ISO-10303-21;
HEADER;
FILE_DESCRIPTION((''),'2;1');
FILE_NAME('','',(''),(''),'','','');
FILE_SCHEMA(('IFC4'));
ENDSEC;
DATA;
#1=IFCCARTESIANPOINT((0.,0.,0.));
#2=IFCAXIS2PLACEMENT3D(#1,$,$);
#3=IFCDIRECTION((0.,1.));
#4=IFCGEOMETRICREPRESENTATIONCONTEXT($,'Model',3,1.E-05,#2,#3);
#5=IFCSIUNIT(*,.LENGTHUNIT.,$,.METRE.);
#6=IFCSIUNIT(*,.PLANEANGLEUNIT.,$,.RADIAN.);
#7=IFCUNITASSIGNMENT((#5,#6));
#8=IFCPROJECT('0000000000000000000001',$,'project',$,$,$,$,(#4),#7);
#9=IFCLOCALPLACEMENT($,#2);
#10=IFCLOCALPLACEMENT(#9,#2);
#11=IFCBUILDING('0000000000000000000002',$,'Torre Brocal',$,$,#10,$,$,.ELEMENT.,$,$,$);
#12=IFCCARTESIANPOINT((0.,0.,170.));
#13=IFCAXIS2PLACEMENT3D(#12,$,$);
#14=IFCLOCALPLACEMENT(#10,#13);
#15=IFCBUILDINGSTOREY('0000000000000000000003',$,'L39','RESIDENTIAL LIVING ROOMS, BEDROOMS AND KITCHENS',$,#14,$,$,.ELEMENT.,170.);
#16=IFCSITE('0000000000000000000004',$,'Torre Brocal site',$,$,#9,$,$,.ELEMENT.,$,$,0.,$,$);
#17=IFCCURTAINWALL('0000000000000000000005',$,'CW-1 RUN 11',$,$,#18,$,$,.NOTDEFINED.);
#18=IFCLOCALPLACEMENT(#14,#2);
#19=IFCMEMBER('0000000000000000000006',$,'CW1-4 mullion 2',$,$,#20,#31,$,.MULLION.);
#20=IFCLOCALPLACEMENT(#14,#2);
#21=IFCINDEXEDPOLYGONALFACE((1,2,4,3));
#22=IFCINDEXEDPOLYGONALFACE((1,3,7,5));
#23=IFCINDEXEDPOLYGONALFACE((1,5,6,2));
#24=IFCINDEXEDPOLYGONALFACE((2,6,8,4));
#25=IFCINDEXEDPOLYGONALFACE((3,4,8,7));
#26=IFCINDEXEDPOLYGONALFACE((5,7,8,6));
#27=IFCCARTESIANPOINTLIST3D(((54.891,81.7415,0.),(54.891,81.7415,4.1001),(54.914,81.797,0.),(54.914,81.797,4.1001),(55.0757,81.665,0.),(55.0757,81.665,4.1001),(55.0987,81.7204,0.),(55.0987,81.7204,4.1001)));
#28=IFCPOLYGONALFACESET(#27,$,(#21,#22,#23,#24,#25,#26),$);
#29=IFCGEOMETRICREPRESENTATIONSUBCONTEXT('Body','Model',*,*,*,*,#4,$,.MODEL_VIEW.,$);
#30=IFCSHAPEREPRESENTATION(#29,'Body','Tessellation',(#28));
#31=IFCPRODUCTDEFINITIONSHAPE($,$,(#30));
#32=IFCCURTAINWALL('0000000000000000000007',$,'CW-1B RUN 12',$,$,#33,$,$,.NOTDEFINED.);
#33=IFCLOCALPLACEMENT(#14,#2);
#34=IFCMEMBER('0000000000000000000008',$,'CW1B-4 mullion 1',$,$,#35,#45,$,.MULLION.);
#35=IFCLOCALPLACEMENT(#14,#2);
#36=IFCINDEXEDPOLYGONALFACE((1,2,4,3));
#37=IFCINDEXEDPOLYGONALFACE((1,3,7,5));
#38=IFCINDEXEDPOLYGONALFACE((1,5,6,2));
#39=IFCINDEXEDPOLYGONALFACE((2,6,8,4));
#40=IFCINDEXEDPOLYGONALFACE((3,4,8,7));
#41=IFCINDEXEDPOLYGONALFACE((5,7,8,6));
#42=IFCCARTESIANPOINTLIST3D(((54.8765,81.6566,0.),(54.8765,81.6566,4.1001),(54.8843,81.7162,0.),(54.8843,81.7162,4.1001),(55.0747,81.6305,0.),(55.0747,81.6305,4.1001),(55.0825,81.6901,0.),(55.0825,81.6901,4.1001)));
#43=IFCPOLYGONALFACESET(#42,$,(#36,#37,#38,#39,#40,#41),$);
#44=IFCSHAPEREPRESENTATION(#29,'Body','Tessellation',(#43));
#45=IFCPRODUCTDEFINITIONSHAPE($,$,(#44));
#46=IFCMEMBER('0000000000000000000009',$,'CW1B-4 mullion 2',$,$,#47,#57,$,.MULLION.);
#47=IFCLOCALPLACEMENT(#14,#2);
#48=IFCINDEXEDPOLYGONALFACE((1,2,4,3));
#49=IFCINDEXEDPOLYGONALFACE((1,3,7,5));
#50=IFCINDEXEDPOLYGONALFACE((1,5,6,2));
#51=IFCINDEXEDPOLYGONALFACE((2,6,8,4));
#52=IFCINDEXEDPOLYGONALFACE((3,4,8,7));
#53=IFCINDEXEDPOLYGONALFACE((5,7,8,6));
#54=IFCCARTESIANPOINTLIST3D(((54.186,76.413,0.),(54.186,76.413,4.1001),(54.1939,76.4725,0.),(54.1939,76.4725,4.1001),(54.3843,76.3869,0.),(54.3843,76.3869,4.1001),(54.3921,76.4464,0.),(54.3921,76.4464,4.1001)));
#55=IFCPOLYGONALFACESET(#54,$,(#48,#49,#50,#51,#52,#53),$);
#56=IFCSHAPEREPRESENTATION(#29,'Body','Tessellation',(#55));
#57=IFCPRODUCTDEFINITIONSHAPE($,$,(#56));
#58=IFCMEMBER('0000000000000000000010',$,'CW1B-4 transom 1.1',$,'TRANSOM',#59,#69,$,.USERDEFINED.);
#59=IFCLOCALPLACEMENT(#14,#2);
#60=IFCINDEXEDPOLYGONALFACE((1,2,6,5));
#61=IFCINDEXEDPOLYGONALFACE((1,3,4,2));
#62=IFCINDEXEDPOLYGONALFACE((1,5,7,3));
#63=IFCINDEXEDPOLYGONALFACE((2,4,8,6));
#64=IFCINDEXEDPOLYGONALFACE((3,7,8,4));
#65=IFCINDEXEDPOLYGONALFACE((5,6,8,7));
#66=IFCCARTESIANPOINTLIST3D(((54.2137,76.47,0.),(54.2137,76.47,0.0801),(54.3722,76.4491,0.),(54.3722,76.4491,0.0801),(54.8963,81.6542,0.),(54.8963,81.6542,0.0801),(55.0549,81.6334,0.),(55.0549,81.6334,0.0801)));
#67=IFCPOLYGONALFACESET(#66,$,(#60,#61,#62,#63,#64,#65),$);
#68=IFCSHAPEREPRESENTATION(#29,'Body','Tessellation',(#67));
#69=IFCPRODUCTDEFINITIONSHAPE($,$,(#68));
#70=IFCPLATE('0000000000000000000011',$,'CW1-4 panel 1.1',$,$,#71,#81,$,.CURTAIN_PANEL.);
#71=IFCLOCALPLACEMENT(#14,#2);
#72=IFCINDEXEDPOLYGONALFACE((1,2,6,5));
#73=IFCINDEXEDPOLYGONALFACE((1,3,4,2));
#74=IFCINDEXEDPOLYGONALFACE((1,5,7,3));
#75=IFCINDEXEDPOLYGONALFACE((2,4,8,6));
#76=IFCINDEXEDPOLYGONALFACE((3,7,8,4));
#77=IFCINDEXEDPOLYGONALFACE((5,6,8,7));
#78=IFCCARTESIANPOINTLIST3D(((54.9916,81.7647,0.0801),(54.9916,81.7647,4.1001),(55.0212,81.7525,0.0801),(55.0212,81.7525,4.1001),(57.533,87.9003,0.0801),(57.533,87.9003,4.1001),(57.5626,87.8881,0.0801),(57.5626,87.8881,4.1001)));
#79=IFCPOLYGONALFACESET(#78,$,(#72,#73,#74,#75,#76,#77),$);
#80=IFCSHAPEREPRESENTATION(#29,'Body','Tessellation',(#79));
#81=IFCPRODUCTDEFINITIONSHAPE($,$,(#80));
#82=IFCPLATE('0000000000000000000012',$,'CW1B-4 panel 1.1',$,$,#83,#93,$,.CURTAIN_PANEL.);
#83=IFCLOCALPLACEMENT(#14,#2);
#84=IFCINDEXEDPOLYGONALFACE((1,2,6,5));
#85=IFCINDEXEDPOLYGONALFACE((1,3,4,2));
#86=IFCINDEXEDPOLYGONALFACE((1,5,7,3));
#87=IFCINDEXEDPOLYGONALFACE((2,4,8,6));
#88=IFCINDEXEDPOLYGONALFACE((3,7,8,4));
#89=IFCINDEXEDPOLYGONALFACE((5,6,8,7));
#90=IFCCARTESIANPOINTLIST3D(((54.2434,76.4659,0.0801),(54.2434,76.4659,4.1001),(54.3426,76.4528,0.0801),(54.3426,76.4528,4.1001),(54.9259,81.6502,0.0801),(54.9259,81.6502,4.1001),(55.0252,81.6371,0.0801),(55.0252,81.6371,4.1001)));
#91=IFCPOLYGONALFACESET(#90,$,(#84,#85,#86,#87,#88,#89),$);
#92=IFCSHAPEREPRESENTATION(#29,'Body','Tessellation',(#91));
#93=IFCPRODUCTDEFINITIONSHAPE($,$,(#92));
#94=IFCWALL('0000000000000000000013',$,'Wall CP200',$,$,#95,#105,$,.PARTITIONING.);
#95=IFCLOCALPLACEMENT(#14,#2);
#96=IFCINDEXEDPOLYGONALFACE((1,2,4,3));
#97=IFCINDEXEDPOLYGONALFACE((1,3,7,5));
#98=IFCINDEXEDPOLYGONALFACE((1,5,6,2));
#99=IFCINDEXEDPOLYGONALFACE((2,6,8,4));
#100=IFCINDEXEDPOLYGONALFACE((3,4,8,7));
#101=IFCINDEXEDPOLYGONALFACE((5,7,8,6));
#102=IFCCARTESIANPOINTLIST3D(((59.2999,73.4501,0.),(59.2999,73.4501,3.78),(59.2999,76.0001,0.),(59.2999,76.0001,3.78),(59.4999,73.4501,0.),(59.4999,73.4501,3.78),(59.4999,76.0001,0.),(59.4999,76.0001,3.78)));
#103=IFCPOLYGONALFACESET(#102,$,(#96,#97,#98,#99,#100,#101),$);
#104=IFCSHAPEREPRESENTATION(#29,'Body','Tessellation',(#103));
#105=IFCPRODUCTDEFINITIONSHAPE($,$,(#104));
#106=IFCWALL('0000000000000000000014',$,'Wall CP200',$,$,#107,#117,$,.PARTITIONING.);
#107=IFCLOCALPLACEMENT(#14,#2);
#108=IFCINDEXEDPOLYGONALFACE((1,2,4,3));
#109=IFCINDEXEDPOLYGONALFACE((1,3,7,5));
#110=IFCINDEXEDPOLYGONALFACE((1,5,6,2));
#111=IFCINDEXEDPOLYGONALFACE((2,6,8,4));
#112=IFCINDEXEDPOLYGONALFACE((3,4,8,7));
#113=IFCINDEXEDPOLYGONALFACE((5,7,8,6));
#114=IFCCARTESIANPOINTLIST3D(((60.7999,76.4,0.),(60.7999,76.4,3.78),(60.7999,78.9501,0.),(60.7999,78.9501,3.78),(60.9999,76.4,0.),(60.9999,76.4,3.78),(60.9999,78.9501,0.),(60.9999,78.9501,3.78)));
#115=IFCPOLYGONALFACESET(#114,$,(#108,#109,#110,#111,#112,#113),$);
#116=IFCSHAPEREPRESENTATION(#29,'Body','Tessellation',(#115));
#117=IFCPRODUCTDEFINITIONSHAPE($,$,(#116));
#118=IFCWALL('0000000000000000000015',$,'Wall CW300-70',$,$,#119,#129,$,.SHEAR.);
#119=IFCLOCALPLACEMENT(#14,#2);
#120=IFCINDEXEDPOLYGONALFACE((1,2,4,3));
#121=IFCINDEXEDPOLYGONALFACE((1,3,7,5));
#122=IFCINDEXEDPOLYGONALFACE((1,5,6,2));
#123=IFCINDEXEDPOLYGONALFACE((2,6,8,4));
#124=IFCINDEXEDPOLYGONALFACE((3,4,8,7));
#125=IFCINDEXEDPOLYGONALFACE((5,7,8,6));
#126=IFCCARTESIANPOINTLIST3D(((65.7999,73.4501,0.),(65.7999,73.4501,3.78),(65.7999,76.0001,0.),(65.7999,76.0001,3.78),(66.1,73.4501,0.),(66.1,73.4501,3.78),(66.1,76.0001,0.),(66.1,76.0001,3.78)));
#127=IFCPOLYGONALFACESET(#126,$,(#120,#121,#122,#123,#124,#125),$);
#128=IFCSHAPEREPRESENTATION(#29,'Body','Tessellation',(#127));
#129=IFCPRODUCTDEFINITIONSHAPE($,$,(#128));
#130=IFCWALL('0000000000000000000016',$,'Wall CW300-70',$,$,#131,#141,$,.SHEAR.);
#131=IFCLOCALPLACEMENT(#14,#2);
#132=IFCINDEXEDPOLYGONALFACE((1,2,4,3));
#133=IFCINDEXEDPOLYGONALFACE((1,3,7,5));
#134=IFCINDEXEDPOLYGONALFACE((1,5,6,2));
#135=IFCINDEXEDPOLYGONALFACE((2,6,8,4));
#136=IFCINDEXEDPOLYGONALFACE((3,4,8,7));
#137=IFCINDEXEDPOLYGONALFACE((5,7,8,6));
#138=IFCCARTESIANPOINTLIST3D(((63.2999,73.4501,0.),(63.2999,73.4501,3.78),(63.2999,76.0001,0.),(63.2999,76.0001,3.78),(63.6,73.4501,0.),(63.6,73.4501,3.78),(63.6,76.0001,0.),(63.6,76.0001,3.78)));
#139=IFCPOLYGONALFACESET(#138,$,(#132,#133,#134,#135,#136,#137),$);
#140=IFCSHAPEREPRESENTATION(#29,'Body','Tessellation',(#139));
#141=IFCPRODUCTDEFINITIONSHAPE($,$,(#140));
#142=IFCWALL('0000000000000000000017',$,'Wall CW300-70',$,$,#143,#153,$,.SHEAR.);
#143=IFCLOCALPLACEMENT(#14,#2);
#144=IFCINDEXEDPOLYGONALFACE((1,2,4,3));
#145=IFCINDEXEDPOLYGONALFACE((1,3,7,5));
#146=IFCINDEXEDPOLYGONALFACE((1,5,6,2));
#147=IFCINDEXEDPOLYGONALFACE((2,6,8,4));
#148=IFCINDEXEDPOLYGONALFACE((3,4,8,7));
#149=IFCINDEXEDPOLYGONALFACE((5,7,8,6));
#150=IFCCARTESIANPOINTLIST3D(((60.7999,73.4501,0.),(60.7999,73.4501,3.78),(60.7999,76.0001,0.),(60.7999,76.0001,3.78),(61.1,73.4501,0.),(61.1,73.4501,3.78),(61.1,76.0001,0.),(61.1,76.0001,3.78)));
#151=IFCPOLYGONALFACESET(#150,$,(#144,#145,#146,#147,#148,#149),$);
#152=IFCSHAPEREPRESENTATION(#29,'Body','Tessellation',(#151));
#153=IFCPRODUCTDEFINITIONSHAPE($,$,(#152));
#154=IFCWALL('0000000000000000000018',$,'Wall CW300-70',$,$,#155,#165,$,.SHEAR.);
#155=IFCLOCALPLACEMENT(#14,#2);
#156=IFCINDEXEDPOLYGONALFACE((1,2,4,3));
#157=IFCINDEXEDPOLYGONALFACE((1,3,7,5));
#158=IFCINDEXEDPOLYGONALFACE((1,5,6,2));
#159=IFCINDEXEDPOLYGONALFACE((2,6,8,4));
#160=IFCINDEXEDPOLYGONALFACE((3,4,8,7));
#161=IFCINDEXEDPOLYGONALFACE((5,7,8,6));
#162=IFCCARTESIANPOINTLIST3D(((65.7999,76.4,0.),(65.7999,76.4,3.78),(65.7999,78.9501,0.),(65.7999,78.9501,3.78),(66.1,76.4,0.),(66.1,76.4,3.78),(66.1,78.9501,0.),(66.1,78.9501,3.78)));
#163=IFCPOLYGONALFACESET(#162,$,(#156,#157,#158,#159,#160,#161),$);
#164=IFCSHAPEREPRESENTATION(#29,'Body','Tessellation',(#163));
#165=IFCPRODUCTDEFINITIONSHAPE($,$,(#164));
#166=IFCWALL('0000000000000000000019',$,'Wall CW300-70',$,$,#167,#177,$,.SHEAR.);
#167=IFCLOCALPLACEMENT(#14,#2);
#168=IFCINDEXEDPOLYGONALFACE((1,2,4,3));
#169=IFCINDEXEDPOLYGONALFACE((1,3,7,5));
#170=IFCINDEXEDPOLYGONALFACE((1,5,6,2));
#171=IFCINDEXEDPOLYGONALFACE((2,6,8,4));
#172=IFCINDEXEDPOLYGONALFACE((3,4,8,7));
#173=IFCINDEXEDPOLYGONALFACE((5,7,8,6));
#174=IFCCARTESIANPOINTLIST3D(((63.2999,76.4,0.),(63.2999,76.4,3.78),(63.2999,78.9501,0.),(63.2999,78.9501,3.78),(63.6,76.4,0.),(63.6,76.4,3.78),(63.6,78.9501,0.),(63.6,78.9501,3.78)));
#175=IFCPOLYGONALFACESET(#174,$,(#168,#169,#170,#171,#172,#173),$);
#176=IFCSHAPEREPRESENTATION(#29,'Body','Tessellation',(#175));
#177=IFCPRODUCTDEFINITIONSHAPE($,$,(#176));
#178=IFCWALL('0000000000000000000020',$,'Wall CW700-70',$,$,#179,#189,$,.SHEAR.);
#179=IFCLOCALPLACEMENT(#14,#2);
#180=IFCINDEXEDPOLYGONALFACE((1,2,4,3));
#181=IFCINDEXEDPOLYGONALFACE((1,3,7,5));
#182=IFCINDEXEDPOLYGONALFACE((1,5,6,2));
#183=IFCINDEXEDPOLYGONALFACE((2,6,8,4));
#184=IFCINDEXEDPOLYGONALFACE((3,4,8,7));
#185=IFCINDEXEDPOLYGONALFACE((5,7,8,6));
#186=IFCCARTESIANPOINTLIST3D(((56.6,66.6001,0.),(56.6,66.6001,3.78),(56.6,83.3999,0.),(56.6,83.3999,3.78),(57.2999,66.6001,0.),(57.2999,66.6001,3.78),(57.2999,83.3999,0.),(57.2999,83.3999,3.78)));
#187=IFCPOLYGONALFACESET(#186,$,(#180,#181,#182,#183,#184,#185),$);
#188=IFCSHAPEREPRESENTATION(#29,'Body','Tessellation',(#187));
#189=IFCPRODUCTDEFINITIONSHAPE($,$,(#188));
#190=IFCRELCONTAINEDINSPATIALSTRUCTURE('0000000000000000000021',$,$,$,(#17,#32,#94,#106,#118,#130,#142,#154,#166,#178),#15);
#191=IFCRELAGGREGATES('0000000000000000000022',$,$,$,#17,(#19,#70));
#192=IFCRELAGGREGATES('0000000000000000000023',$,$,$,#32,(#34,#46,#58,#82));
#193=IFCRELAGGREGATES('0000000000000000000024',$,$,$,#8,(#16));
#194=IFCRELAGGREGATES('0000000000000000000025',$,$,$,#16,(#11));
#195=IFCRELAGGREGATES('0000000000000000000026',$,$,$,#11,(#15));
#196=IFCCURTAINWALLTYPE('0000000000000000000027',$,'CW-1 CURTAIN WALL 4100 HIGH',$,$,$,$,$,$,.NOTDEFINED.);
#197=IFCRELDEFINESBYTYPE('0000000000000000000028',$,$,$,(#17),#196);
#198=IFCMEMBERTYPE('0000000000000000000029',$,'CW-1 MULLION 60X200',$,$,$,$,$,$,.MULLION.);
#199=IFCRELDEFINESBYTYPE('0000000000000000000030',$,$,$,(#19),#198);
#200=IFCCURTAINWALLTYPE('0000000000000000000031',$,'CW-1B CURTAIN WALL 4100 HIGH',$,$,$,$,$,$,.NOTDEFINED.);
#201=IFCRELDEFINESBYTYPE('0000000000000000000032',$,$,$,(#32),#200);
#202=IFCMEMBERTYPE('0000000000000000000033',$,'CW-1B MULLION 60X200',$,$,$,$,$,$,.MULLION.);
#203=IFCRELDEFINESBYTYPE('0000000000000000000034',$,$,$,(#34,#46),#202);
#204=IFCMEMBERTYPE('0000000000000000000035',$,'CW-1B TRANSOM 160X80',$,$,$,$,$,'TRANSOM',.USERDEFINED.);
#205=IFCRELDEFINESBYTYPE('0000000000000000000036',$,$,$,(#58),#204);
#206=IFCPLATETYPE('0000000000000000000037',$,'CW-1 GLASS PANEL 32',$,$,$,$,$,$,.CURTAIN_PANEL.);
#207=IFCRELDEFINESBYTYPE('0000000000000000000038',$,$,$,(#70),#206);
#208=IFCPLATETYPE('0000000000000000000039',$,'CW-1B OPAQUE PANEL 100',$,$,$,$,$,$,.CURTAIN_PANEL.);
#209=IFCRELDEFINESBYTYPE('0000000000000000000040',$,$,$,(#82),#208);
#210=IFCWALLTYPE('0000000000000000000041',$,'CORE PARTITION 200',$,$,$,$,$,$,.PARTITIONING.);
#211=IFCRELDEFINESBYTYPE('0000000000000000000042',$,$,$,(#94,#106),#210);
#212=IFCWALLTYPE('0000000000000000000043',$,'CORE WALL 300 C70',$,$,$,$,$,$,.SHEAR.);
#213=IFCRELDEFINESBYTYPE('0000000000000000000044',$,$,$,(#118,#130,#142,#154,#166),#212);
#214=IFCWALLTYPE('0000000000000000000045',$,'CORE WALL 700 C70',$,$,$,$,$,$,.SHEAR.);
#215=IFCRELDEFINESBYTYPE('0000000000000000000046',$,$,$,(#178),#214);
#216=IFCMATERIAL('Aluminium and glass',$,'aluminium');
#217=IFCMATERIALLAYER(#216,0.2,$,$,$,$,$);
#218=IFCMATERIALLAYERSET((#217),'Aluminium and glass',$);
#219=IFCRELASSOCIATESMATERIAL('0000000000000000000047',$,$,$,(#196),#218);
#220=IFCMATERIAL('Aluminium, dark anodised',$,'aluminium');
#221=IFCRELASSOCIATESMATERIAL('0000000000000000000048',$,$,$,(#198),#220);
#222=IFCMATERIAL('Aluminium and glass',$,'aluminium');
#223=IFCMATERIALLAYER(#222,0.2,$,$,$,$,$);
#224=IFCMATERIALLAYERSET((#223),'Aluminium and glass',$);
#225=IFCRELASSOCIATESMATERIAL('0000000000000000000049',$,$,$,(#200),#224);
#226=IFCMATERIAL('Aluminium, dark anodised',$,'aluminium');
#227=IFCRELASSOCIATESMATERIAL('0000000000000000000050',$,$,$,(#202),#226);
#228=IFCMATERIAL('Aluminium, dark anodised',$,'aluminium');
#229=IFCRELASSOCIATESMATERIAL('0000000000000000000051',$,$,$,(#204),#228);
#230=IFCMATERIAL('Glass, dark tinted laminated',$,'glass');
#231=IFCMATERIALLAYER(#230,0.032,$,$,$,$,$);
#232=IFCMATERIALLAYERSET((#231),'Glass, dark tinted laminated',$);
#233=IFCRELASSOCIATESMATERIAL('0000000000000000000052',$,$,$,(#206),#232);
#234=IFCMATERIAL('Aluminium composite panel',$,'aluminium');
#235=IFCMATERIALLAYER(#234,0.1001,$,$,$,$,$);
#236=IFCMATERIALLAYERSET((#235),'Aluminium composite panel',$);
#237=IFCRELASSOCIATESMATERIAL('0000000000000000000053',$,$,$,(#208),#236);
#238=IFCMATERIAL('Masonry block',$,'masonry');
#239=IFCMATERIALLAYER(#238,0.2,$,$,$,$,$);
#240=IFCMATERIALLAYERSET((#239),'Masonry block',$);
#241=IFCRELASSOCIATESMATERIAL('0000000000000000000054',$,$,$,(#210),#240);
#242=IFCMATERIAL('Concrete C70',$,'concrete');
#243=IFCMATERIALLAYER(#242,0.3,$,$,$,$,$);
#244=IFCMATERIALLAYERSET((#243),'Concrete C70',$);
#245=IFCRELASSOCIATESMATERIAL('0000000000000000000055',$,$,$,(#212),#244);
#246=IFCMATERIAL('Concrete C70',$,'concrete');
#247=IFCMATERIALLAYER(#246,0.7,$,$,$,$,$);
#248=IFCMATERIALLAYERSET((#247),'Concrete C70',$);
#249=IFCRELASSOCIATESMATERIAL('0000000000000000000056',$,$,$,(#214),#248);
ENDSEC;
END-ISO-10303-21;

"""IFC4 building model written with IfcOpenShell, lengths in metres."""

from ifc_helpers import new_model, si_unit, direction, frame, frame_2d, origin, origin_2d, place, context, subcontext, project, spatial, rectangle, extrude, material, layer, layer_set, material_profile, profile_set, type_object, element, aggregate, save


model = new_model("IFC4")

# Units and contexts
model_context = context("Model", 3, precision=1e-05, world=origin(), true_north=direction((0.0, 1.0)))
body_context = subcontext(model_context, "Body", "Model", "MODEL_VIEW")
ifc_project = project(units=[si_unit("LENGTHUNIT", "METRE"), si_unit("PLANEANGLEUNIT", "RADIAN")], contexts=[model_context])

# Site, building, storey
site_placement = place(None, origin())
site = spatial("IfcSite", under=ifc_project, at=site_placement, Name="Torre Brocal site", CompositionType="ELEMENT", RefElevation=0.0)
building_placement = place(site_placement, origin())
building = spatial("IfcBuilding", under=site, at=building_placement, Name="Torre Brocal", CompositionType="ELEMENT")
storey_placement = place(building_placement, frame((0.0, 0.0, 170.0)))
storey = spatial("IfcBuildingStorey", under=building, at=storey_placement, Name="L39", Description="RESIDENTIAL LIVING ROOMS, BEDROOMS AND KITCHENS", CompositionType="ELEMENT", Elevation=170.0)

# Curtain wall, member
ifc_material_1 = material(Name="Aluminium and glass", Category="aluminium")
ifc_layer_1 = layer(ifc_material_1, 0.2)
ifc_layer_set_1 = layer_set([ifc_layer_1], Name="Aluminium and glass")
curtain_wall_type_1 = type_object("IfcCurtainWallType", Name="CW-1 CURTAIN WALL 4100 HIGH", PredefinedType="NOTDEFINED", material=ifc_layer_set_1)
curtain_wall_1_placement = place(storey_placement, origin())
curtain_wall_1 = element("IfcCurtainWall", 1, at=curtain_wall_1_placement, inside=storey, type_object=curtain_wall_type_1, Name="CW-1 RUN 11", PredefinedType="NOTDEFINED")
ifc_material_2 = material(Name="Aluminium, dark anodised", Category="aluminium")
ifc_material_profile_1 = material_profile(ifc_material_2, rectangle(XDim=0.2, YDim=0.0601, at=origin_2d()), Name="CW-1 MULLION 60X200")
ifc_profile_set_1 = profile_set([ifc_material_profile_1], Name="Aluminium, dark anodised")
member_type_1 = type_object("IfcMemberType", Name="CW-1 MULLION 60X200", PredefinedType="MULLION", material=ifc_profile_set_1)
member_1_placement = place(storey_placement, frame((54.9949, 81.731, 0.0), z_axis=(0.0, 0.0, 1.0), x_axis=(0.92388, -0.382683, 0.0)))
member_1 = element("IfcMember", 2, at=member_1_placement, type_object=member_type_1, Name="CW1-4 mullion 2", PredefinedType="MULLION", context=body_context, shape_type="SweptSolid", body=[
    extrude(rectangle(XDim=0.2, YDim=0.0601, at=origin_2d()), origin(), (0.0, 0.0, 1.0), 4.1001),
])

# Curtain wall, members
ifc_material_3 = material(Name="Aluminium and glass", Category="aluminium")
ifc_layer_2 = layer(ifc_material_3, 0.2)
ifc_layer_set_2 = layer_set([ifc_layer_2], Name="Aluminium and glass")
curtain_wall_type_2 = type_object("IfcCurtainWallType", Name="CW-1B CURTAIN WALL 4100 HIGH", PredefinedType="NOTDEFINED", material=ifc_layer_set_2)
curtain_wall_2_placement = place(storey_placement, origin())
curtain_wall_2 = element("IfcCurtainWall", 3, at=curtain_wall_2_placement, inside=storey, type_object=curtain_wall_type_2, Name="CW-1B RUN 12", PredefinedType="NOTDEFINED")
ifc_material_4 = material(Name="Aluminium, dark anodised", Category="aluminium")
ifc_material_profile_2 = material_profile(ifc_material_4, rectangle(XDim=0.2, YDim=0.0601, at=origin_2d()), Name="CW-1B MULLION 60X200")
ifc_profile_set_2 = profile_set([ifc_material_profile_2], Name="Aluminium, dark anodised")
member_type_2 = type_object("IfcMemberType", Name="CW-1B MULLION 60X200", PredefinedType="MULLION", material=ifc_profile_set_2)
member_2_placement = place(storey_placement, frame((54.9795, 81.6733, 0.0), z_axis=(0.0, 0.0, 1.0), x_axis=(0.991445, -0.130526, 0.0)))
member_2 = element("IfcMember", 4, at=member_2_placement, type_object=member_type_2, Name="CW1B-4 mullion 1", PredefinedType="MULLION", context=body_context, shape_type="SweptSolid", body=[
    extrude(rectangle(XDim=0.2, YDim=0.0601, at=origin_2d()), origin(), (0.0, 0.0, 1.0), 4.1001),
])
member_3_placement = place(storey_placement, frame((54.2891, 76.4297, 0.0), z_axis=(0.0, 0.0, 1.0), x_axis=(0.991445, -0.130526, 0.0)))
member_3 = element("IfcMember", 5, at=member_3_placement, type_object=member_type_2, Name="CW1B-4 mullion 2", PredefinedType="MULLION", context=body_context, shape_type="SweptSolid", body=[
    extrude(rectangle(XDim=0.2, YDim=0.0601, at=origin_2d()), origin(), (0.0, 0.0, 1.0), 4.1001),
])
ifc_material_5 = material(Name="Aluminium, dark anodised", Category="aluminium")
ifc_material_profile_3 = material_profile(ifc_material_5, rectangle(XDim=0.1599, YDim=0.0801, at=origin_2d()), Name="CW-1B TRANSOM 160X80")
ifc_profile_set_3 = profile_set([ifc_material_profile_3], Name="Aluminium, dark anodised")
member_type_3 = type_object("IfcMemberType", Name="CW-1B TRANSOM 160X80", ElementType="TRANSOM", PredefinedType="USERDEFINED", material=ifc_profile_set_3)
member_4_placement = place(storey_placement, frame((54.9756, 81.6438, 0.04), z_axis=(-0.130543, -0.991443, 0.0), x_axis=(0.991443, -0.130543, 0.0)))
member_4 = element("IfcMember", 6, at=member_4_placement, type_object=member_type_3, Name="CW1B-4 transom 1.1", ObjectType="TRANSOM", PredefinedType="USERDEFINED", context=body_context, shape_type="SweptSolid", body=[
    extrude(rectangle(XDim=0.1599, YDim=0.0801, at=origin_2d()), origin(), (0.0, 0.0, 1.0), 5.229),
])

# Plates
ifc_material_6 = material(Name="Glass, dark tinted laminated", Category="glass")
ifc_layer_3 = layer(ifc_material_6, 0.032)
ifc_layer_set_3 = layer_set([ifc_layer_3], Name="Glass, dark tinted laminated")
plate_type_1 = type_object("IfcPlateType", Name="CW-1 GLASS PANEL 32", PredefinedType="CURTAIN_PANEL", material=ifc_layer_set_3)
plate_1_placement = place(storey_placement, frame((56.2771, 84.8264, 0.0801), z_axis=(0.0, 0.0, 1.0), x_axis=(-0.382683, -0.92388, 0.0)))
plate_1 = element("IfcPlate", 7, at=plate_1_placement, type_object=plate_type_1, Name="CW1-4 panel 1.1", PredefinedType="CURTAIN_PANEL", context=body_context, shape_type="SweptSolid", body=[
    extrude(rectangle(XDim=6.6411, YDim=0.032, at=origin_2d()), origin(), (0.0, 0.0, 1.0), 4.02),
])
aggregate(curtain_wall_1, [member_1, plate_1])
ifc_material_7 = material(Name="Aluminium composite panel", Category="aluminium")
ifc_layer_4 = layer(ifc_material_7, 0.1001)
ifc_layer_set_4 = layer_set([ifc_layer_4], Name="Aluminium composite panel")
plate_type_2 = type_object("IfcPlateType", Name="CW-1B OPAQUE PANEL 100", PredefinedType="CURTAIN_PANEL", material=ifc_layer_set_4)
plate_2_placement = place(storey_placement, frame((54.6343, 79.0515, 0.0801), z_axis=(0.0, 0.0, 1.0), x_axis=(-0.130526, -0.991445, 0.0)))
plate_2 = element("IfcPlate", 8, at=plate_2_placement, type_object=plate_type_2, Name="CW1B-4 panel 1.1", PredefinedType="CURTAIN_PANEL", context=body_context, shape_type="SweptSolid", body=[
    extrude(rectangle(XDim=5.229, YDim=0.1001, at=origin_2d()), origin(), (0.0, 0.0, 1.0), 4.02),
])
aggregate(curtain_wall_2, [member_2, member_3, member_4, plate_2])

# Walls
ifc_material_8 = material(Name="Masonry block", Category="masonry")
ifc_layer_5 = layer(ifc_material_8, 0.2)
ifc_layer_set_5 = layer_set([ifc_layer_5], Name="Masonry block")
wall_type_1 = type_object("IfcWallType", Name="CORE PARTITION 200", PredefinedType="PARTITIONING", material=ifc_layer_set_5)
for number, where, z_axis, x_axis, name in (
    (9, (59.3999, 76.0, 0.0), (0.0, 0.0, 1.0), (0.0, -1.0, 0.0), "Wall CP200"),
    (10, (60.8999, 78.95, 0.0), (0.0, 0.0, 1.0), (0.0, -1.0, 0.0), "Wall CP200"),
):
    element("IfcWall", number, at=place(storey_placement, frame(where, z_axis=z_axis, x_axis=x_axis)), inside=storey, type_object=wall_type_1, Name=name, PredefinedType="PARTITIONING", context=body_context, shape_type="SweptSolid", body=[
        extrude(rectangle(XDim=2.55, YDim=0.2, at=frame_2d((1.2749, 0.0))), origin(), (0.0, 0.0, 1.0), 3.78),
    ])
ifc_material_9 = material(Name="Concrete C70", Category="concrete")
ifc_layer_6 = layer(ifc_material_9, 0.3)
ifc_layer_set_6 = layer_set([ifc_layer_6], Name="Concrete C70")
wall_type_2 = type_object("IfcWallType", Name="CORE WALL 300 C70", PredefinedType="SHEAR", material=ifc_layer_set_6)
for number, where, z_axis, x_axis, name in (
    (11, (65.95, 76.0, 0.0), (0.0, 0.0, 1.0), (0.0, -1.0, 0.0), "Wall CW300-70"),
    (12, (63.45, 76.0, 0.0), (0.0, 0.0, 1.0), (0.0, -1.0, 0.0), "Wall CW300-70"),
    (13, (60.95, 76.0, 0.0), (0.0, 0.0, 1.0), (0.0, -1.0, 0.0), "Wall CW300-70"),
    (14, (65.95, 78.95, 0.0), (0.0, 0.0, 1.0), (0.0, -1.0, 0.0), "Wall CW300-70"),
    (15, (63.45, 78.95, 0.0), (0.0, 0.0, 1.0), (0.0, -1.0, 0.0), "Wall CW300-70"),
):
    element("IfcWall", number, at=place(storey_placement, frame(where, z_axis=z_axis, x_axis=x_axis)), inside=storey, type_object=wall_type_2, Name=name, PredefinedType="SHEAR", context=body_context, shape_type="SweptSolid", body=[
        extrude(rectangle(XDim=2.55, YDim=0.3, at=frame_2d((1.2749, 0.0))), origin(), (0.0, 0.0, 1.0), 3.78),
    ])
ifc_material_10 = material(Name="Concrete C70", Category="concrete")
ifc_layer_7 = layer(ifc_material_10, 0.7)
ifc_layer_set_7 = layer_set([ifc_layer_7], Name="Concrete C70")
wall_type_3 = type_object("IfcWallType", Name="CORE WALL 700 C70", PredefinedType="SHEAR", material=ifc_layer_set_7)
wall_1_placement = place(storey_placement, frame((56.95, 83.3999, 0.0), z_axis=(0.0, 0.0, 1.0), x_axis=(0.0, -1.0, 0.0)))
element("IfcWall", 16, at=wall_1_placement, inside=storey, type_object=wall_type_3, Name="Wall CW700-70", PredefinedType="SHEAR", context=body_context, shape_type="SweptSolid", body=[
    extrude(rectangle(XDim=16.7998, YDim=0.7, at=frame_2d((8.3999, 0.0))), origin(), (0.0, 0.0, 1.0), 3.78),
])

save(model, "model.ifc")
